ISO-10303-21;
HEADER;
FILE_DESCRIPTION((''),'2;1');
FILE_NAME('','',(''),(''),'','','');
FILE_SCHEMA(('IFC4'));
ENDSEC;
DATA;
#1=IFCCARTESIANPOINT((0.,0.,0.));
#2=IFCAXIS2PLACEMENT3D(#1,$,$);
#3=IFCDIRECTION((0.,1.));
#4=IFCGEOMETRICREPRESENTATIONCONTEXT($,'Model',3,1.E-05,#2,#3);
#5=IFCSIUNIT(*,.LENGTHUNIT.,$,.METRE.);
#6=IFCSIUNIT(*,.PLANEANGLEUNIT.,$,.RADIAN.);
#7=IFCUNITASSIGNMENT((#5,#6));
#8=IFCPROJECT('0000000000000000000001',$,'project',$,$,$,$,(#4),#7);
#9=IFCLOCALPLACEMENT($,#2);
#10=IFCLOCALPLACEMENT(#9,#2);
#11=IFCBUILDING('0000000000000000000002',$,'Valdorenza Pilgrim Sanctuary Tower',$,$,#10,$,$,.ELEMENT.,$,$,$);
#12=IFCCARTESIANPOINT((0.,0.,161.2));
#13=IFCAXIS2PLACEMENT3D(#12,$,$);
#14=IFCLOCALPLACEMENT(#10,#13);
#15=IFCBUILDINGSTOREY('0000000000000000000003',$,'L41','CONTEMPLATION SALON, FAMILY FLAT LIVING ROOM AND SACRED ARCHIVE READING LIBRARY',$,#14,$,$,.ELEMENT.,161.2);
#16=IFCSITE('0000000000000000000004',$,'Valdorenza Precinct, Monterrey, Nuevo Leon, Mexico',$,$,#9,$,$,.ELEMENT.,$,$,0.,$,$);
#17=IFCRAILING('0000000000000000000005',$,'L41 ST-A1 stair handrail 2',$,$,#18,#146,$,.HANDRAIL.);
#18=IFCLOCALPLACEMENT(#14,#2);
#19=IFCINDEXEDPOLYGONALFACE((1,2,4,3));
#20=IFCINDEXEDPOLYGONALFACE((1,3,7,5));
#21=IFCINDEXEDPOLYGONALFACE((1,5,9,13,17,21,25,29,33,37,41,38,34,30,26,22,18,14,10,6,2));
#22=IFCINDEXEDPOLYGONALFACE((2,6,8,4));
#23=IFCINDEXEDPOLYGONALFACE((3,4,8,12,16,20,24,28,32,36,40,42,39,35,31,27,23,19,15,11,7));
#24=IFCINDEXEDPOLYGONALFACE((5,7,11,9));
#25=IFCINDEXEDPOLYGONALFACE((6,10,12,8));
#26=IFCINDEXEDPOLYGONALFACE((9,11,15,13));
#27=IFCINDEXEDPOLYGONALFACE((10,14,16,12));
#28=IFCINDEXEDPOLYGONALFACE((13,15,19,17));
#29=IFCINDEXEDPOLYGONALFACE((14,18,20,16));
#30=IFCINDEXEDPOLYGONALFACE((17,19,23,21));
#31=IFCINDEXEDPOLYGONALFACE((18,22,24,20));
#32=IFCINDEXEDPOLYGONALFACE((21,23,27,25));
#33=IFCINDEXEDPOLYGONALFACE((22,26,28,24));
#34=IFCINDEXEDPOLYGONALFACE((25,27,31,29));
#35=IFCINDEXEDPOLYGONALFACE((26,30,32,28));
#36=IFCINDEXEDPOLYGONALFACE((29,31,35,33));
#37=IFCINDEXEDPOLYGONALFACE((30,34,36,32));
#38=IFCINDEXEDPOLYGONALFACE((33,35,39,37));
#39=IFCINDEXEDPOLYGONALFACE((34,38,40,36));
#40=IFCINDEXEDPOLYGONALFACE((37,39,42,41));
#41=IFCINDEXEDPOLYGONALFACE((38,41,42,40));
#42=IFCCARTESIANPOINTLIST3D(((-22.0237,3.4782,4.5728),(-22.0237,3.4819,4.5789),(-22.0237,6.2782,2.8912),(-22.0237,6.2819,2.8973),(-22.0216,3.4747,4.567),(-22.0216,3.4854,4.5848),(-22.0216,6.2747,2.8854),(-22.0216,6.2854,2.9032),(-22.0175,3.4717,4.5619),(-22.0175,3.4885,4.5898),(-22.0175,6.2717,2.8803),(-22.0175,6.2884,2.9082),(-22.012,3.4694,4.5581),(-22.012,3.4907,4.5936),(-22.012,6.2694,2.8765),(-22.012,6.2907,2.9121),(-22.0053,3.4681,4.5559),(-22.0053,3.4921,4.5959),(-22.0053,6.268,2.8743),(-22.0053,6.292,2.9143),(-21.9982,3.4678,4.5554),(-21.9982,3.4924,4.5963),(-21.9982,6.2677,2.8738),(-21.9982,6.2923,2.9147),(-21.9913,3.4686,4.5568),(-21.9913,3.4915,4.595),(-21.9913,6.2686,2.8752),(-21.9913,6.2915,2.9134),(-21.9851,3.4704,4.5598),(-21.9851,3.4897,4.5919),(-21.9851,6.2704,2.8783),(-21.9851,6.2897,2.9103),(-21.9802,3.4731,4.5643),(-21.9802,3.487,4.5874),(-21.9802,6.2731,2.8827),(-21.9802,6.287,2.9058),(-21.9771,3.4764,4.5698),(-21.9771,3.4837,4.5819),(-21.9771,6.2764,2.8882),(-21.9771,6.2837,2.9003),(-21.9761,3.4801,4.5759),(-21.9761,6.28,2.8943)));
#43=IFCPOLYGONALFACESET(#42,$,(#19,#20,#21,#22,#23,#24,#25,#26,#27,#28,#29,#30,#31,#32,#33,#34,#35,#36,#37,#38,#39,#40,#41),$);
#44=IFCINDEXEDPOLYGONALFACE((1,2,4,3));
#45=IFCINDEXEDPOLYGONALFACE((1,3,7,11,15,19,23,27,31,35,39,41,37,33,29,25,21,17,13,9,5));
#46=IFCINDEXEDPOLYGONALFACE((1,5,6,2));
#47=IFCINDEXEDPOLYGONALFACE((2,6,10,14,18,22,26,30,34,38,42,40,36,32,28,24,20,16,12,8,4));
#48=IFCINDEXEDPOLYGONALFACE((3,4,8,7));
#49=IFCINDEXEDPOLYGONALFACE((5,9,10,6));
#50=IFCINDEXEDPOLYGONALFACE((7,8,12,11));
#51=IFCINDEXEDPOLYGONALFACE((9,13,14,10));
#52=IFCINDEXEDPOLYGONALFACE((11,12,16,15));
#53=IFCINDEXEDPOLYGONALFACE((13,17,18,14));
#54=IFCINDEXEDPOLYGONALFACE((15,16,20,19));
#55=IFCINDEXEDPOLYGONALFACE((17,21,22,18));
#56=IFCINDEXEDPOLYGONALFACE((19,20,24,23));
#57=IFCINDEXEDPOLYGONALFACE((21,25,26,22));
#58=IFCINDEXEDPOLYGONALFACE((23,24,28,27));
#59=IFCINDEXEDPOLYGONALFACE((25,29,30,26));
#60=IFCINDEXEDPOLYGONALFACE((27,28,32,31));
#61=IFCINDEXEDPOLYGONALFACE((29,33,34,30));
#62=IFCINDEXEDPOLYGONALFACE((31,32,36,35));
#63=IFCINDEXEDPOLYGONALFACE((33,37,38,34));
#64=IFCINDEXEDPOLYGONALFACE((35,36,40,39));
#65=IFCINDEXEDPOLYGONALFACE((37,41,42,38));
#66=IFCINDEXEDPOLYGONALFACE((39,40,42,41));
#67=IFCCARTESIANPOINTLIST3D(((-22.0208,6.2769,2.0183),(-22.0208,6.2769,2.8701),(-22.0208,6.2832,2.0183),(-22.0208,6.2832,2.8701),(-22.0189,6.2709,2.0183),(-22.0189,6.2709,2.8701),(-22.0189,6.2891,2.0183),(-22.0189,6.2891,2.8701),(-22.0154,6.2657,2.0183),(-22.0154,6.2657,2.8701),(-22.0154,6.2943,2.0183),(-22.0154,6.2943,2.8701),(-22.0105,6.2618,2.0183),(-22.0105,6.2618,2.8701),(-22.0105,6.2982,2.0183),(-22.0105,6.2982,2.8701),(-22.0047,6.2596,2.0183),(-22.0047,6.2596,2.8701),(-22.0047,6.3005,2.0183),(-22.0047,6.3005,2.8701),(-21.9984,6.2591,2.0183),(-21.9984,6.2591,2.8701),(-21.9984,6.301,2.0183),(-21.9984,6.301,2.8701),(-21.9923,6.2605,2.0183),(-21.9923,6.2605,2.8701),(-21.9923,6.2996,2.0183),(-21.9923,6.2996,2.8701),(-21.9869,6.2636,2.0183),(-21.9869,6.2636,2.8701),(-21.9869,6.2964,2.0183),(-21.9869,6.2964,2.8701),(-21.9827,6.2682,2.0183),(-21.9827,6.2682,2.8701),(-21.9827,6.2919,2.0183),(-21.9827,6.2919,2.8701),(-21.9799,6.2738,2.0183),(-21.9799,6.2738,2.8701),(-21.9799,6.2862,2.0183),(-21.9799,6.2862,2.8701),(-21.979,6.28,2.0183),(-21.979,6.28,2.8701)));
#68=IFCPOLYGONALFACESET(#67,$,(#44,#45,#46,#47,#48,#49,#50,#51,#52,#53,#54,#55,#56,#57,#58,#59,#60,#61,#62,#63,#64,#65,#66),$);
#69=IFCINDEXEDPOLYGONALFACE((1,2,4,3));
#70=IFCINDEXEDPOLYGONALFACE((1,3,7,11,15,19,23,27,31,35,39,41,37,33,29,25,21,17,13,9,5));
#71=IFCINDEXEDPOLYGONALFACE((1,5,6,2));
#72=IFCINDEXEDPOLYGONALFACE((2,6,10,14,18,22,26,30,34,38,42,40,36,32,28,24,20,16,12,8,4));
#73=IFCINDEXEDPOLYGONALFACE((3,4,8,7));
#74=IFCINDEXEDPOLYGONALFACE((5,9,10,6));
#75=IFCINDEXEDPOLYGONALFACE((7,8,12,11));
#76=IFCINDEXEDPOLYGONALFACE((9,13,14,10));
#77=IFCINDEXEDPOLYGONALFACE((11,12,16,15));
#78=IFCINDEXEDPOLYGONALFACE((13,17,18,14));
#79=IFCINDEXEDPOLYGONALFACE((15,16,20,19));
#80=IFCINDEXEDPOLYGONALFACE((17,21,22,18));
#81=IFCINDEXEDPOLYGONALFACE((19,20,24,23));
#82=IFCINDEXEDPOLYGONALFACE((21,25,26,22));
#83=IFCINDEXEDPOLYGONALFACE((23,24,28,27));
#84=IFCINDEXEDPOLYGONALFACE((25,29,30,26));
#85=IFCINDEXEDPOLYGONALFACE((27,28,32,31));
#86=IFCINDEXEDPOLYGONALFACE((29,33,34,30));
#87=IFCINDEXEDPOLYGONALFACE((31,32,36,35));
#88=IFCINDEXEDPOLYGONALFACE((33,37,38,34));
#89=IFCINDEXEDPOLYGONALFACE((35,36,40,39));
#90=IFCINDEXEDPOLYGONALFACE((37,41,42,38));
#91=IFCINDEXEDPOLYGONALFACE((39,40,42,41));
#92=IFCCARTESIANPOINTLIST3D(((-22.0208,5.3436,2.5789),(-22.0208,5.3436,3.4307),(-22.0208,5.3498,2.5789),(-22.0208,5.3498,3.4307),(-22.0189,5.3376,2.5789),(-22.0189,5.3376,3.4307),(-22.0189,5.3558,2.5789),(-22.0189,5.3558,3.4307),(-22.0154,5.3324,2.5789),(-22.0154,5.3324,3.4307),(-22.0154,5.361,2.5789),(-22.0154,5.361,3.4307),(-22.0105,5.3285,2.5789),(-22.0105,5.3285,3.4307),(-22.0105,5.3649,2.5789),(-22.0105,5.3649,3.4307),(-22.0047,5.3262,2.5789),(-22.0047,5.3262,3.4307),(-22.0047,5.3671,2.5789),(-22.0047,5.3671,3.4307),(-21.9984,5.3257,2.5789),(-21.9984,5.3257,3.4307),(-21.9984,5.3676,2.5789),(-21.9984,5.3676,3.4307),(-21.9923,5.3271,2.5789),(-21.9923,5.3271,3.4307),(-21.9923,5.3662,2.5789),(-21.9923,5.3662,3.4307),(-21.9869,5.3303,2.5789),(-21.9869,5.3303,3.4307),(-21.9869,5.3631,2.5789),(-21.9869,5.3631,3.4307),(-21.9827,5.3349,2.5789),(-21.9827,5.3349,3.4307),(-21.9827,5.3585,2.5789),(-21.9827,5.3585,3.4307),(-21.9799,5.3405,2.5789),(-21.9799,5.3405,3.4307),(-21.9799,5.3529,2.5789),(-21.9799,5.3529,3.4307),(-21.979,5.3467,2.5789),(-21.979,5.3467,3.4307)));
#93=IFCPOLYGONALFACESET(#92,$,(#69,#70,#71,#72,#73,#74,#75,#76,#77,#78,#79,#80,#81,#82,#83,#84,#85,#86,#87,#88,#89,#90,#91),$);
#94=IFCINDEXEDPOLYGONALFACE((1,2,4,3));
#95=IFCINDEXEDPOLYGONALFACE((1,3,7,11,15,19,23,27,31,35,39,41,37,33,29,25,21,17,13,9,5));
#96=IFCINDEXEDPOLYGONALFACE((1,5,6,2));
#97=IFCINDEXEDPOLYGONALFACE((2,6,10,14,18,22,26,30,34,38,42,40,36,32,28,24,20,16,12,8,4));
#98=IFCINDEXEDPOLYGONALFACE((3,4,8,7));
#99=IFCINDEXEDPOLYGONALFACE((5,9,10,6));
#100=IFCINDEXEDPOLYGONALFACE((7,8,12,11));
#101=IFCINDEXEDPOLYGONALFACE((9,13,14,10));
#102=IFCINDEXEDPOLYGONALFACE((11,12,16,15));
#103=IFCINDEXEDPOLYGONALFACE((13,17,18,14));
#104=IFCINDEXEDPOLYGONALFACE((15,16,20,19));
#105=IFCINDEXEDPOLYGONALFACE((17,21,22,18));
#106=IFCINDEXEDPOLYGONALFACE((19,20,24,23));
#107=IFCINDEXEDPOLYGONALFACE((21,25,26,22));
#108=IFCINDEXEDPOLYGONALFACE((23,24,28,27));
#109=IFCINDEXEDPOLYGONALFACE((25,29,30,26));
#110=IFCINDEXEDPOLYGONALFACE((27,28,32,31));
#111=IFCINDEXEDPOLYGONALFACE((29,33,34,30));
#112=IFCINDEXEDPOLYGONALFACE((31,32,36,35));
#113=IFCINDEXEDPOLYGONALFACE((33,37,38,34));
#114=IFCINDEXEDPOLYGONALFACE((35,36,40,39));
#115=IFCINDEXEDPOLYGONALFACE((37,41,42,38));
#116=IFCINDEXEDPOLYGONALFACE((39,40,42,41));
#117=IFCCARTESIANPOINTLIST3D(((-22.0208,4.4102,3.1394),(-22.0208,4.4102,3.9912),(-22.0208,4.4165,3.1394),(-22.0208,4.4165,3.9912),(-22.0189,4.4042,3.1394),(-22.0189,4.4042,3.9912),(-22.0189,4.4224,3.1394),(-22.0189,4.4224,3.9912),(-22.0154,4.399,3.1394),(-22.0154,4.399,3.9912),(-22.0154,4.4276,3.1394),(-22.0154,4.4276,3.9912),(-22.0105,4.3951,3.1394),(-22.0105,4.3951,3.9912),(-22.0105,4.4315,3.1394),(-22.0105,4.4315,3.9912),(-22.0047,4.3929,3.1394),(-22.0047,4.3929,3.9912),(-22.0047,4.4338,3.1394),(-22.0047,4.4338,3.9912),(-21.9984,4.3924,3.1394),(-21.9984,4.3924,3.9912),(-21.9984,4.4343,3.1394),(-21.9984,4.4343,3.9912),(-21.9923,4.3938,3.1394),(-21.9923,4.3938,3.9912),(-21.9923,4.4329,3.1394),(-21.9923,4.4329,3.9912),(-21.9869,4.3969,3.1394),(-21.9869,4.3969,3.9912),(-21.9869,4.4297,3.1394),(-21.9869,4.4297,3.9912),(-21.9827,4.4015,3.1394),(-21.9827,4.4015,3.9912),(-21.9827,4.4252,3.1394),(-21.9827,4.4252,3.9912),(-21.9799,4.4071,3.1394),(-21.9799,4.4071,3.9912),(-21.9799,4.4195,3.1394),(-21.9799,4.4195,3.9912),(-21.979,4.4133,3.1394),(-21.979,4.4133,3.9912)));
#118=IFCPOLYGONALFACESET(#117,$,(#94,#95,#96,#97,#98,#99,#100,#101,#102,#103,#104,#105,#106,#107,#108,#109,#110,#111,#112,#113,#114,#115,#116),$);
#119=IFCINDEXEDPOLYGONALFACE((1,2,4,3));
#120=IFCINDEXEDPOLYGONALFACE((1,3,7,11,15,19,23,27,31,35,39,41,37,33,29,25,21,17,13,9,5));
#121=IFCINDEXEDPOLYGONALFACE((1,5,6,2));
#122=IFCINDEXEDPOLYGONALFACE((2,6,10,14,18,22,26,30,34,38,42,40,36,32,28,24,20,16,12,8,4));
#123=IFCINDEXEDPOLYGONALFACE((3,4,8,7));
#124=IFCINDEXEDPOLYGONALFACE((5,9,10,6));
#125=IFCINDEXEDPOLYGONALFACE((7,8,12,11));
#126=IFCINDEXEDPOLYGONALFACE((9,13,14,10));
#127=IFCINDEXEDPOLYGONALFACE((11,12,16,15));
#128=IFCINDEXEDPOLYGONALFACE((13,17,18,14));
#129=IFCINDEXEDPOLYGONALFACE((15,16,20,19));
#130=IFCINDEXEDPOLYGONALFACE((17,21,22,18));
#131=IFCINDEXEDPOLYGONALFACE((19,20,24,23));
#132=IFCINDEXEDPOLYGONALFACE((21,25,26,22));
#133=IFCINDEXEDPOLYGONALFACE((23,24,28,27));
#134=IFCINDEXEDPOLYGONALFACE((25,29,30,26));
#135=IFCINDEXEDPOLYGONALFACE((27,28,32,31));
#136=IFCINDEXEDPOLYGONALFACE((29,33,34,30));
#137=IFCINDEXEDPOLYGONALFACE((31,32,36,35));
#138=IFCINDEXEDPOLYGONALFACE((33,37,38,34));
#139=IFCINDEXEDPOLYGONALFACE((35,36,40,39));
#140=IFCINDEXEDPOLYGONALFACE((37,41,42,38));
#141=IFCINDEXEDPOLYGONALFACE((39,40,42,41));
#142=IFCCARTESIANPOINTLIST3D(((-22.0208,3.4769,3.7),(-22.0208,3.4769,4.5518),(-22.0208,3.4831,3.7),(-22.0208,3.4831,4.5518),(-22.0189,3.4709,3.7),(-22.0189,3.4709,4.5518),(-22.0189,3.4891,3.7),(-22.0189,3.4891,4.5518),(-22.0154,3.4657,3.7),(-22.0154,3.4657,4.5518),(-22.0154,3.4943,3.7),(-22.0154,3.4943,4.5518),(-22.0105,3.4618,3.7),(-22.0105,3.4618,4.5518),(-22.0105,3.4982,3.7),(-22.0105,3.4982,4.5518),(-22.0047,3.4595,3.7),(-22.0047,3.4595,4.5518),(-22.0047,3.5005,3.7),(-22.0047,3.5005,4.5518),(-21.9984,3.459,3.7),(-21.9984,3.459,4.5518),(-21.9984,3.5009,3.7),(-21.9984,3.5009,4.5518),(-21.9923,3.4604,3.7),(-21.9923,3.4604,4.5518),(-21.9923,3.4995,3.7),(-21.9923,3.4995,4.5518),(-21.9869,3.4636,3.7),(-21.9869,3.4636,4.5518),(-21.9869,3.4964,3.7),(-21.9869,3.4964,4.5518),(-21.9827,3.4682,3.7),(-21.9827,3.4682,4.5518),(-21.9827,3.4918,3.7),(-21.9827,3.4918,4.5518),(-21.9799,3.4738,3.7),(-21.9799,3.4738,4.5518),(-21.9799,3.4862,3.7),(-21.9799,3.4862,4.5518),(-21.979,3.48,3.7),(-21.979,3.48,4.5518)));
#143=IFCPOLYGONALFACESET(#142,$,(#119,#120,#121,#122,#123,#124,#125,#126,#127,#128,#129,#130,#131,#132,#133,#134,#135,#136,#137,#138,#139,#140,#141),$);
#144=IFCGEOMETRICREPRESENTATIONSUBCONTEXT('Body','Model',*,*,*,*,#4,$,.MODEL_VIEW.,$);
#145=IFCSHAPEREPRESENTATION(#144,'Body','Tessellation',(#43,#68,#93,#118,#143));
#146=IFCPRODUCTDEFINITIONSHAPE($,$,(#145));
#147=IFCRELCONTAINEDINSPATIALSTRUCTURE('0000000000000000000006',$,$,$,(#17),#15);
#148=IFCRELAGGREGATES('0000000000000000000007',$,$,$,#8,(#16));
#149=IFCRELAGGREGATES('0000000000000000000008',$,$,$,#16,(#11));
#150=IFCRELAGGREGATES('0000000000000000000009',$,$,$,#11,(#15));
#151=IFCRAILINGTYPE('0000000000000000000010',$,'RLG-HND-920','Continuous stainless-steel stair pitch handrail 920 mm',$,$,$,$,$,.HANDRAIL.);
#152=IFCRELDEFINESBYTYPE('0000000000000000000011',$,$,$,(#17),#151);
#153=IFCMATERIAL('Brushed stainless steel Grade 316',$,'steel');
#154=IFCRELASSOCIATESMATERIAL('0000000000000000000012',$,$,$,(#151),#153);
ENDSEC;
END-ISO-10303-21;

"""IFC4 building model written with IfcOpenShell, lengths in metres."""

from ifc_helpers import new_model, si_unit, direction, frame, origin, origin_2d, place, context, subcontext, project, spatial, circle, extrude, material, type_object, element, save


model = new_model("IFC4")

# Units and contexts
model_context = context("Model", 3, precision=1e-05, world=origin(), true_north=direction((0.0, 1.0)))
body_context = subcontext(model_context, "Body", "Model", "MODEL_VIEW")
ifc_project = project(units=[si_unit("LENGTHUNIT", "METRE"), si_unit("PLANEANGLEUNIT", "RADIAN")], contexts=[model_context])

# Site, building, storey
site_placement = place(None, origin())
site = spatial("IfcSite", under=ifc_project, at=site_placement, Name="Valdorenza Precinct, Monterrey, Nuevo Leon, Mexico", CompositionType="ELEMENT", RefElevation=0.0)
building_placement = place(site_placement, origin())
building = spatial("IfcBuilding", under=site, at=building_placement, Name="Valdorenza Pilgrim Sanctuary Tower", CompositionType="ELEMENT")
storey_placement = place(building_placement, frame((0.0, 0.0, 161.2)))
storey = spatial("IfcBuildingStorey", under=building, at=storey_placement, Name="L41", Description="CONTEMPLATION SALON, FAMILY FLAT LIVING ROOM AND SACRED ARCHIVE READING LIBRARY", CompositionType="ELEMENT", Elevation=161.2)

# Railing
ifc_material_1 = material(Name="Brushed stainless steel Grade 316", Category="steel")
railing_type_1 = type_object("IfcRailingType", Name="RLG-HND-920", Description="Continuous stainless-steel stair pitch handrail 920 mm", PredefinedType="HANDRAIL", material=ifc_material_1)
railing_1_placement = place(storey_placement, frame((-22.0, 6.28, 2.0183)))
element("IfcRailing", 1, at=railing_1_placement, inside=storey, type_object=railing_type_1, Name="L41 ST-A1 stair handrail 2", PredefinedType="HANDRAIL", context=body_context, shape_type="SweptSolid", body=[
    extrude(circle(Radius=0.0239, at=origin_2d()), frame((0.0, 0.0, 0.876), z_axis=(0.0, -0.857275, 0.514858), x_axis=(1.0, 0.0, 0.0)), (0.0, 0.0, 1.0), 3.2661),
    extrude(circle(Radius=0.021, at=origin_2d()), origin(), (0.0, 0.0, 1.0), 0.8518),
    extrude(circle(Radius=0.021, at=origin_2d()), frame((0.0, -0.9333, 0.5605)), (0.0, 0.0, 1.0), 0.8518),
    extrude(circle(Radius=0.021, at=origin_2d()), frame((0.0, -1.8667, 1.1211)), (0.0, 0.0, 1.0), 0.8518),
    extrude(circle(Radius=0.021, at=origin_2d()), frame((0.0, -2.8, 1.6816)), (0.0, 0.0, 1.0), 0.8518),
])

save(model, "model.ifc")
